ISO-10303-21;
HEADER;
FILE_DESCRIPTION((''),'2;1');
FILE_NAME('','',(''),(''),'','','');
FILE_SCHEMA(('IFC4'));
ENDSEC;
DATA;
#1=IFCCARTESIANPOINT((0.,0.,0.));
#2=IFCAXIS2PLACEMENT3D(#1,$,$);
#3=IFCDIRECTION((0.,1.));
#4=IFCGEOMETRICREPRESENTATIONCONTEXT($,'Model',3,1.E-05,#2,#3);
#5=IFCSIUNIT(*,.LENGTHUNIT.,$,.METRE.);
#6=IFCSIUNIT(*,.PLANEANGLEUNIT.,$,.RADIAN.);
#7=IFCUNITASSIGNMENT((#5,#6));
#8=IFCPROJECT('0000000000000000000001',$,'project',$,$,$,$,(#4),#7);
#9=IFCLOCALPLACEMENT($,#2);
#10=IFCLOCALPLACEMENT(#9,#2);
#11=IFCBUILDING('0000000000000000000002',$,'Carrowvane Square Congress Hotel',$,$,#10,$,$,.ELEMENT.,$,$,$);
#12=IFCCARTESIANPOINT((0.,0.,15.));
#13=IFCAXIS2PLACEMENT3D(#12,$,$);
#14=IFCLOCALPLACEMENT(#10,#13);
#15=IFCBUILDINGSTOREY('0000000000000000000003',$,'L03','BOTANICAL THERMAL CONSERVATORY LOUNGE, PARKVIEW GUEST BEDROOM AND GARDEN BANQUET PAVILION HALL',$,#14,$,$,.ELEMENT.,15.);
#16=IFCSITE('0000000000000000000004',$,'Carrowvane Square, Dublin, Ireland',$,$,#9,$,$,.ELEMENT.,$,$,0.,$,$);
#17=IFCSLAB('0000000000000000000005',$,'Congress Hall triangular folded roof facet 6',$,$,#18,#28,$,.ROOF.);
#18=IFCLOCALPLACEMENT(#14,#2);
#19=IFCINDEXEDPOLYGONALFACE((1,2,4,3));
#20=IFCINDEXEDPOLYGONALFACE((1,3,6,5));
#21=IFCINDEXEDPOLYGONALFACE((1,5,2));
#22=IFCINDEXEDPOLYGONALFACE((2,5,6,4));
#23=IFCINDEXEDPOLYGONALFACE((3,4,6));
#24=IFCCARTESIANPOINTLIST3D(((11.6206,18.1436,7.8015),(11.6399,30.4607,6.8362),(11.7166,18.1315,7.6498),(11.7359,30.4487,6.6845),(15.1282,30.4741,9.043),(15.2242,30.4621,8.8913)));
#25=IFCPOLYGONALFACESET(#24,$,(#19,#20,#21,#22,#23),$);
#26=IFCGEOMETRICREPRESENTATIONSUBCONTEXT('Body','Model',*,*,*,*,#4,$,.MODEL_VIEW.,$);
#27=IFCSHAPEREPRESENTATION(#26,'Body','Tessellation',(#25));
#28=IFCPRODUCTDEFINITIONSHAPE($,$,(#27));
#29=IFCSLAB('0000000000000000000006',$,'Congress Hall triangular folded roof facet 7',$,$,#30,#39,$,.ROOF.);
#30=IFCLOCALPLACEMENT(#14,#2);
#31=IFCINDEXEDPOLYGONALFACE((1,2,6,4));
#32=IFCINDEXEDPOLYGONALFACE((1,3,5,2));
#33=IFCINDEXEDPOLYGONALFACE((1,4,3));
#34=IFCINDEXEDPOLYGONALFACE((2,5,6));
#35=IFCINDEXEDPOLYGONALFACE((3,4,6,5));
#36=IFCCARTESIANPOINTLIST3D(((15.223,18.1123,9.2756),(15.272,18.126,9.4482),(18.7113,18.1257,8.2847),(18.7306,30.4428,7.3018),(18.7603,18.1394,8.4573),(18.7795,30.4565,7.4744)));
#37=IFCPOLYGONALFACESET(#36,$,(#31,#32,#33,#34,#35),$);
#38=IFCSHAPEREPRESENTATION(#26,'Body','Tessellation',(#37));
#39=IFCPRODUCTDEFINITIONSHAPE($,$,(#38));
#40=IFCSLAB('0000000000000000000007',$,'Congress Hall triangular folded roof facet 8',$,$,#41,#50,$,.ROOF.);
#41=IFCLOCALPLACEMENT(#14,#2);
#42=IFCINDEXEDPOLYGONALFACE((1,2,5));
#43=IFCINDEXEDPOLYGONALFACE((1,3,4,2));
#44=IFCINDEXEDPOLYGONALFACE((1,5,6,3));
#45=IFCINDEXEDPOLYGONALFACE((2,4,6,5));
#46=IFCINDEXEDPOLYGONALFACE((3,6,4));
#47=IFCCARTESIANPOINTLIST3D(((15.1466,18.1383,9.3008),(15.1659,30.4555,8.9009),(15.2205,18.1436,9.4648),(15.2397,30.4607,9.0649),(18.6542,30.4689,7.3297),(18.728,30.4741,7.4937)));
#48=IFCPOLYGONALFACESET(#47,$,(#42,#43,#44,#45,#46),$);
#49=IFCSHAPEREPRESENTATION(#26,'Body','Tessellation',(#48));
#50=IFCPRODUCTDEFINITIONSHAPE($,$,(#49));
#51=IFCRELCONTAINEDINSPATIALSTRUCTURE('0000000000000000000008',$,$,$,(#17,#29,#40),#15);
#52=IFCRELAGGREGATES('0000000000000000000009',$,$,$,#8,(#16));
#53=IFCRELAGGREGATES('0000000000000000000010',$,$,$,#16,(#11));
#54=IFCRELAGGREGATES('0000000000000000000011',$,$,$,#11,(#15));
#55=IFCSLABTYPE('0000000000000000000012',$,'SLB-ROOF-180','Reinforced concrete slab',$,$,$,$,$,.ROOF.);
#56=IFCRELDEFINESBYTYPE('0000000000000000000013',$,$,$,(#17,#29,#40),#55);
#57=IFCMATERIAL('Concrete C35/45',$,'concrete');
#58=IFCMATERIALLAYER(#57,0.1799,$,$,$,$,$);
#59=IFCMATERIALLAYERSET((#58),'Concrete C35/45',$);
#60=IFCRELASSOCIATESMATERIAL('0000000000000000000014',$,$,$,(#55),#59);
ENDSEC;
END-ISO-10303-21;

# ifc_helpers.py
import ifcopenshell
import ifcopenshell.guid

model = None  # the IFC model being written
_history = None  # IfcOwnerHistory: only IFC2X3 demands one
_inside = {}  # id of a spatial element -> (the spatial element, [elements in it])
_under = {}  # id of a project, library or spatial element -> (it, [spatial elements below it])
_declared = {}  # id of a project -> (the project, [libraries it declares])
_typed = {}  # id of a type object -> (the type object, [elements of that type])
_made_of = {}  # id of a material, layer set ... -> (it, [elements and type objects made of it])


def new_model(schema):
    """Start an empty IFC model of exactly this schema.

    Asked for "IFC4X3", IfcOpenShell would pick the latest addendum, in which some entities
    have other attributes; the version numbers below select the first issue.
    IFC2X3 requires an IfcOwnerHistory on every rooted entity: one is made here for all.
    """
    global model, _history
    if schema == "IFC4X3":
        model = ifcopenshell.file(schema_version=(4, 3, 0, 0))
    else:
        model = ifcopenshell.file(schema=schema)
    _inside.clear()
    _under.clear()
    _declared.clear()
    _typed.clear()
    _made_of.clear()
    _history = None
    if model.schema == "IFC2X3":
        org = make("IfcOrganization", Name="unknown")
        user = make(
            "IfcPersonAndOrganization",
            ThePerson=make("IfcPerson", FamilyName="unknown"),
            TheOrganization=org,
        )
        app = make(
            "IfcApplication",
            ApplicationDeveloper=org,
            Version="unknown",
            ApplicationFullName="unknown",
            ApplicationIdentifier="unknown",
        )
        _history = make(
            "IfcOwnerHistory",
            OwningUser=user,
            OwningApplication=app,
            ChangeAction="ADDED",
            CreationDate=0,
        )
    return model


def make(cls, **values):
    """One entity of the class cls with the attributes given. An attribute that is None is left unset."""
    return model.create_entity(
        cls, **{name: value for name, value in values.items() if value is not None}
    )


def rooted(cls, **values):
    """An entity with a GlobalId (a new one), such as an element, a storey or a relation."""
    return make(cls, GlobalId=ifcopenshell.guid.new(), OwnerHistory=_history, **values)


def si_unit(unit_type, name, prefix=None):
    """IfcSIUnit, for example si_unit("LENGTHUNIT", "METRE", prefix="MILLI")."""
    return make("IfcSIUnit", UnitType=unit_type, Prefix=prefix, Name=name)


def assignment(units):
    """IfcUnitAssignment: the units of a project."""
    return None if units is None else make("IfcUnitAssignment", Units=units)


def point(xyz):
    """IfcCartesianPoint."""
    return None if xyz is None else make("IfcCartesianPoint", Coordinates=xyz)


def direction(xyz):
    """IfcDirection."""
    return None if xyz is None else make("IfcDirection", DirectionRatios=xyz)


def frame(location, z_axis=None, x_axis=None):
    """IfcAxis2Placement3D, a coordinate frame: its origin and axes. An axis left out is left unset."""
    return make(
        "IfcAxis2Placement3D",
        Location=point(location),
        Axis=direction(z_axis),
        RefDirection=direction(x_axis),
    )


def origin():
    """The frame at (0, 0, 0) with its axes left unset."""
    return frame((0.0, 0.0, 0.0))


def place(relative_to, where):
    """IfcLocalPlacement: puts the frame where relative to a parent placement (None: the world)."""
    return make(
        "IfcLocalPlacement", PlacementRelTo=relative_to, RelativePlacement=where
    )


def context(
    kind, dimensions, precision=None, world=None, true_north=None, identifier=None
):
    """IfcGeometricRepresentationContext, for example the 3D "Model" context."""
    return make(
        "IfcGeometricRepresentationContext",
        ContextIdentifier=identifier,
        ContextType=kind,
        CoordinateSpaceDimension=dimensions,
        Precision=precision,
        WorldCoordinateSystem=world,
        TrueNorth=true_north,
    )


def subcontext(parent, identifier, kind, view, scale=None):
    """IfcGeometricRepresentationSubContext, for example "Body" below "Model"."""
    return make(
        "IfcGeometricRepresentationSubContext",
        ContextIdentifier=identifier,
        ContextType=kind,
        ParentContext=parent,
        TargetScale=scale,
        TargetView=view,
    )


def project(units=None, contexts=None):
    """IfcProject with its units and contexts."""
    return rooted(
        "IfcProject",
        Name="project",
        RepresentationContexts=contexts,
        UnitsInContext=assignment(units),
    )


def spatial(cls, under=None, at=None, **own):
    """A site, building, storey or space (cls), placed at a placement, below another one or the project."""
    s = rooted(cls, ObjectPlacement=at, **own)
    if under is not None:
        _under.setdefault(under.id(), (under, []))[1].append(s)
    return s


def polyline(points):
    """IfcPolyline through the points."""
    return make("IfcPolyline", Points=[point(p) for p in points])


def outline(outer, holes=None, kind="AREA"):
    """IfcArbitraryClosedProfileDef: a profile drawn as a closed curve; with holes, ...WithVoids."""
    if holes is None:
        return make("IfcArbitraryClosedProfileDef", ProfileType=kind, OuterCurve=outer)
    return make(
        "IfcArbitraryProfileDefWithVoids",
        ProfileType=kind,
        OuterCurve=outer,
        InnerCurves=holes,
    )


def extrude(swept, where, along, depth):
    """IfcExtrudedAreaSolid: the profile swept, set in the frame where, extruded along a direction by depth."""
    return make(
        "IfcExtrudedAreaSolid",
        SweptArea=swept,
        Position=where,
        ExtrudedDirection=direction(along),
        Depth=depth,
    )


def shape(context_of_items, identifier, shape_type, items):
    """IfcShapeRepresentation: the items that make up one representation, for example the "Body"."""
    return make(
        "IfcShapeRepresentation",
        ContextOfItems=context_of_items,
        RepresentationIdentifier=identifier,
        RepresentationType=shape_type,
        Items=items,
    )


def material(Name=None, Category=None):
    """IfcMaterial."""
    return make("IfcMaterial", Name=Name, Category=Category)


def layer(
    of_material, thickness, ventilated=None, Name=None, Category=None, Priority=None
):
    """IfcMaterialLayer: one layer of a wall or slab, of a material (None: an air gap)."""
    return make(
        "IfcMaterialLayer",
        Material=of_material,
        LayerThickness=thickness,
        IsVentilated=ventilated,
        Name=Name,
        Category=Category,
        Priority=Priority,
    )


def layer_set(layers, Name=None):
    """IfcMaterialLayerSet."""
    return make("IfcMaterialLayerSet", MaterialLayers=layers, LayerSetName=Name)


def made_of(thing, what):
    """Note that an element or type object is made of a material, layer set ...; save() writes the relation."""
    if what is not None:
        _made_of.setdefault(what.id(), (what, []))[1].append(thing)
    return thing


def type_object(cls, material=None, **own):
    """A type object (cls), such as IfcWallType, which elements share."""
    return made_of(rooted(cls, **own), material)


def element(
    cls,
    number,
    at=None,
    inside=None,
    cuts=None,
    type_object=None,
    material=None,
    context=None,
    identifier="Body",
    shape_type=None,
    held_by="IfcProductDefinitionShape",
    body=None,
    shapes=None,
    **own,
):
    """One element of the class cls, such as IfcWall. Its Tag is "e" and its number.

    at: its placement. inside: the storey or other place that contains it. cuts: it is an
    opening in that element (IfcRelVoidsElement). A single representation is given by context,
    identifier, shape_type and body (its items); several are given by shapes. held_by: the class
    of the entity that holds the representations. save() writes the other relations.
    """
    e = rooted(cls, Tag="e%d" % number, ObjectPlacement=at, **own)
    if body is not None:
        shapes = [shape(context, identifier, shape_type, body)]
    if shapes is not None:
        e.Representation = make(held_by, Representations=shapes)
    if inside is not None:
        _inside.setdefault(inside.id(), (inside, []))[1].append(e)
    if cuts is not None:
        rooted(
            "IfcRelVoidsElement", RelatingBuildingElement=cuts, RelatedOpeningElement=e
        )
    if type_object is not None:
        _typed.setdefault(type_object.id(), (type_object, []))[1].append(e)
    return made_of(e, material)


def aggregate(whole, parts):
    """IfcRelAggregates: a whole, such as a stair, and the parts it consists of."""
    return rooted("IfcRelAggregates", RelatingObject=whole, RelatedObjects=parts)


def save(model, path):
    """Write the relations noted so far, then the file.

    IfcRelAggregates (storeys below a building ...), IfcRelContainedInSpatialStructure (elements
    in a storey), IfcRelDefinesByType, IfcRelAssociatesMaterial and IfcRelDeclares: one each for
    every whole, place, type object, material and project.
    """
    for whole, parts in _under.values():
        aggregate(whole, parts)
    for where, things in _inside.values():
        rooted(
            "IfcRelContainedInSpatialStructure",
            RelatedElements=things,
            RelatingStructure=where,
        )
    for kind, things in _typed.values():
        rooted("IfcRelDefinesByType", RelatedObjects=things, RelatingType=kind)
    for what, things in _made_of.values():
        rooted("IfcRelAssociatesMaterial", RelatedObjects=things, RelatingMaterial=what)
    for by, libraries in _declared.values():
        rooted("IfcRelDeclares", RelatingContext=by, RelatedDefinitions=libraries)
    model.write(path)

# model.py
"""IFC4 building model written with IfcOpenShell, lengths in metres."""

from ifc_helpers import new_model, si_unit, direction, frame, origin, place, context, subcontext, project, spatial, polyline, outline, extrude, material, layer, layer_set, type_object, element, save


model = new_model("IFC4")

# Units and contexts
model_context = context("Model", 3, precision=1e-05, world=origin(), true_north=direction((0.0, 1.0)))
body_context = subcontext(model_context, "Body", "Model", "MODEL_VIEW")
ifc_project = project(units=[si_unit("LENGTHUNIT", "METRE"), si_unit("PLANEANGLEUNIT", "RADIAN")], contexts=[model_context])

# Site, building, storey
site_placement = place(None, origin())
site = spatial("IfcSite", under=ifc_project, at=site_placement, Name="Carrowvane Square, Dublin, Ireland", CompositionType="ELEMENT", RefElevation=0.0)
building_placement = place(site_placement, origin())
building = spatial("IfcBuilding", under=site, at=building_placement, Name="Carrowvane Square Congress Hotel", CompositionType="ELEMENT")
storey_placement = place(building_placement, frame((0.0, 0.0, 15.0)))
storey = spatial("IfcBuildingStorey", under=building, at=storey_placement, Name="L03", Description="BOTANICAL THERMAL CONSERVATORY LOUNGE, PARKVIEW GUEST BEDROOM AND GARDEN BANQUET PAVILION HALL", CompositionType="ELEMENT", Elevation=15.0)

# Slabs
ifc_material_1 = material(Name="Concrete C35/45", Category="concrete")
ifc_layer_1 = layer(ifc_material_1, 0.1799)
ifc_layer_set_1 = layer_set([ifc_layer_1], Name="Concrete C35/45")
slab_type = type_object("IfcSlabType", Name="SLB-ROOF-180", Description="Reinforced concrete slab", PredefinedType="ROOF", material=ifc_layer_set_1)
slab_1_placement = place(storey_placement, frame((11.6206, 18.1436, 7.8015), z_axis=(-0.533613, 0.06691, 0.843078), x_axis=(0.272333, 0.957363, 0.096388)))
element("IfcSlab", 1, at=slab_1_placement, inside=storey, type_object=slab_type, Name="Congress Hall triangular folded roof facet 6", PredefinedType="ROOF", context=body_context, shape_type="SweptSolid", body=[
    extrude(outline(polyline([(0.0, 0.0), (12.8797, 0.0), (11.7042, 3.9568), (0.0, 0.0)])), origin(), (0.0, 0.0, -1.0), 0.1799),
])
slab_2_placement = place(storey_placement, frame((15.272, 18.126, 9.4482), z_axis=(0.272207, 0.07612, 0.959223), x_axis=(0.96193, 0.003703, -0.27327)))
element("IfcSlab", 2, at=slab_2_placement, inside=storey, type_object=slab_type, Name="Congress Hall triangular folded roof facet 7", PredefinedType="ROOF", context=body_context, shape_type="SweptSolid", body=[
    extrude(outline(polyline([(0.0, 0.0), (3.6263, 0.0), (3.9591, 12.3518), (0.0, 0.0)])), origin(), (0.0, 0.0, -1.0), 0.1799),
])
slab_3_placement = place(storey_placement, frame((15.2205, 18.1436, 9.4648), z_axis=(0.41044, 0.028949, 0.911428), x_axis=(0.270429, 0.950669, -0.151976)))
element("IfcSlab", 3, at=slab_3_placement, inside=storey, type_object=slab_type, Name="Congress Hall triangular folded roof facet 8", PredefinedType="ROOF", context=body_context, shape_type="SweptSolid", body=[
    extrude(outline(polyline([(0.0, 0.0), (12.9704, 0.0), (11.7755, 3.6345), (0.0, 0.0)])), origin(), (0.0, 0.0, -1.0), 0.1799),
])

save(model, "model.ifc")
